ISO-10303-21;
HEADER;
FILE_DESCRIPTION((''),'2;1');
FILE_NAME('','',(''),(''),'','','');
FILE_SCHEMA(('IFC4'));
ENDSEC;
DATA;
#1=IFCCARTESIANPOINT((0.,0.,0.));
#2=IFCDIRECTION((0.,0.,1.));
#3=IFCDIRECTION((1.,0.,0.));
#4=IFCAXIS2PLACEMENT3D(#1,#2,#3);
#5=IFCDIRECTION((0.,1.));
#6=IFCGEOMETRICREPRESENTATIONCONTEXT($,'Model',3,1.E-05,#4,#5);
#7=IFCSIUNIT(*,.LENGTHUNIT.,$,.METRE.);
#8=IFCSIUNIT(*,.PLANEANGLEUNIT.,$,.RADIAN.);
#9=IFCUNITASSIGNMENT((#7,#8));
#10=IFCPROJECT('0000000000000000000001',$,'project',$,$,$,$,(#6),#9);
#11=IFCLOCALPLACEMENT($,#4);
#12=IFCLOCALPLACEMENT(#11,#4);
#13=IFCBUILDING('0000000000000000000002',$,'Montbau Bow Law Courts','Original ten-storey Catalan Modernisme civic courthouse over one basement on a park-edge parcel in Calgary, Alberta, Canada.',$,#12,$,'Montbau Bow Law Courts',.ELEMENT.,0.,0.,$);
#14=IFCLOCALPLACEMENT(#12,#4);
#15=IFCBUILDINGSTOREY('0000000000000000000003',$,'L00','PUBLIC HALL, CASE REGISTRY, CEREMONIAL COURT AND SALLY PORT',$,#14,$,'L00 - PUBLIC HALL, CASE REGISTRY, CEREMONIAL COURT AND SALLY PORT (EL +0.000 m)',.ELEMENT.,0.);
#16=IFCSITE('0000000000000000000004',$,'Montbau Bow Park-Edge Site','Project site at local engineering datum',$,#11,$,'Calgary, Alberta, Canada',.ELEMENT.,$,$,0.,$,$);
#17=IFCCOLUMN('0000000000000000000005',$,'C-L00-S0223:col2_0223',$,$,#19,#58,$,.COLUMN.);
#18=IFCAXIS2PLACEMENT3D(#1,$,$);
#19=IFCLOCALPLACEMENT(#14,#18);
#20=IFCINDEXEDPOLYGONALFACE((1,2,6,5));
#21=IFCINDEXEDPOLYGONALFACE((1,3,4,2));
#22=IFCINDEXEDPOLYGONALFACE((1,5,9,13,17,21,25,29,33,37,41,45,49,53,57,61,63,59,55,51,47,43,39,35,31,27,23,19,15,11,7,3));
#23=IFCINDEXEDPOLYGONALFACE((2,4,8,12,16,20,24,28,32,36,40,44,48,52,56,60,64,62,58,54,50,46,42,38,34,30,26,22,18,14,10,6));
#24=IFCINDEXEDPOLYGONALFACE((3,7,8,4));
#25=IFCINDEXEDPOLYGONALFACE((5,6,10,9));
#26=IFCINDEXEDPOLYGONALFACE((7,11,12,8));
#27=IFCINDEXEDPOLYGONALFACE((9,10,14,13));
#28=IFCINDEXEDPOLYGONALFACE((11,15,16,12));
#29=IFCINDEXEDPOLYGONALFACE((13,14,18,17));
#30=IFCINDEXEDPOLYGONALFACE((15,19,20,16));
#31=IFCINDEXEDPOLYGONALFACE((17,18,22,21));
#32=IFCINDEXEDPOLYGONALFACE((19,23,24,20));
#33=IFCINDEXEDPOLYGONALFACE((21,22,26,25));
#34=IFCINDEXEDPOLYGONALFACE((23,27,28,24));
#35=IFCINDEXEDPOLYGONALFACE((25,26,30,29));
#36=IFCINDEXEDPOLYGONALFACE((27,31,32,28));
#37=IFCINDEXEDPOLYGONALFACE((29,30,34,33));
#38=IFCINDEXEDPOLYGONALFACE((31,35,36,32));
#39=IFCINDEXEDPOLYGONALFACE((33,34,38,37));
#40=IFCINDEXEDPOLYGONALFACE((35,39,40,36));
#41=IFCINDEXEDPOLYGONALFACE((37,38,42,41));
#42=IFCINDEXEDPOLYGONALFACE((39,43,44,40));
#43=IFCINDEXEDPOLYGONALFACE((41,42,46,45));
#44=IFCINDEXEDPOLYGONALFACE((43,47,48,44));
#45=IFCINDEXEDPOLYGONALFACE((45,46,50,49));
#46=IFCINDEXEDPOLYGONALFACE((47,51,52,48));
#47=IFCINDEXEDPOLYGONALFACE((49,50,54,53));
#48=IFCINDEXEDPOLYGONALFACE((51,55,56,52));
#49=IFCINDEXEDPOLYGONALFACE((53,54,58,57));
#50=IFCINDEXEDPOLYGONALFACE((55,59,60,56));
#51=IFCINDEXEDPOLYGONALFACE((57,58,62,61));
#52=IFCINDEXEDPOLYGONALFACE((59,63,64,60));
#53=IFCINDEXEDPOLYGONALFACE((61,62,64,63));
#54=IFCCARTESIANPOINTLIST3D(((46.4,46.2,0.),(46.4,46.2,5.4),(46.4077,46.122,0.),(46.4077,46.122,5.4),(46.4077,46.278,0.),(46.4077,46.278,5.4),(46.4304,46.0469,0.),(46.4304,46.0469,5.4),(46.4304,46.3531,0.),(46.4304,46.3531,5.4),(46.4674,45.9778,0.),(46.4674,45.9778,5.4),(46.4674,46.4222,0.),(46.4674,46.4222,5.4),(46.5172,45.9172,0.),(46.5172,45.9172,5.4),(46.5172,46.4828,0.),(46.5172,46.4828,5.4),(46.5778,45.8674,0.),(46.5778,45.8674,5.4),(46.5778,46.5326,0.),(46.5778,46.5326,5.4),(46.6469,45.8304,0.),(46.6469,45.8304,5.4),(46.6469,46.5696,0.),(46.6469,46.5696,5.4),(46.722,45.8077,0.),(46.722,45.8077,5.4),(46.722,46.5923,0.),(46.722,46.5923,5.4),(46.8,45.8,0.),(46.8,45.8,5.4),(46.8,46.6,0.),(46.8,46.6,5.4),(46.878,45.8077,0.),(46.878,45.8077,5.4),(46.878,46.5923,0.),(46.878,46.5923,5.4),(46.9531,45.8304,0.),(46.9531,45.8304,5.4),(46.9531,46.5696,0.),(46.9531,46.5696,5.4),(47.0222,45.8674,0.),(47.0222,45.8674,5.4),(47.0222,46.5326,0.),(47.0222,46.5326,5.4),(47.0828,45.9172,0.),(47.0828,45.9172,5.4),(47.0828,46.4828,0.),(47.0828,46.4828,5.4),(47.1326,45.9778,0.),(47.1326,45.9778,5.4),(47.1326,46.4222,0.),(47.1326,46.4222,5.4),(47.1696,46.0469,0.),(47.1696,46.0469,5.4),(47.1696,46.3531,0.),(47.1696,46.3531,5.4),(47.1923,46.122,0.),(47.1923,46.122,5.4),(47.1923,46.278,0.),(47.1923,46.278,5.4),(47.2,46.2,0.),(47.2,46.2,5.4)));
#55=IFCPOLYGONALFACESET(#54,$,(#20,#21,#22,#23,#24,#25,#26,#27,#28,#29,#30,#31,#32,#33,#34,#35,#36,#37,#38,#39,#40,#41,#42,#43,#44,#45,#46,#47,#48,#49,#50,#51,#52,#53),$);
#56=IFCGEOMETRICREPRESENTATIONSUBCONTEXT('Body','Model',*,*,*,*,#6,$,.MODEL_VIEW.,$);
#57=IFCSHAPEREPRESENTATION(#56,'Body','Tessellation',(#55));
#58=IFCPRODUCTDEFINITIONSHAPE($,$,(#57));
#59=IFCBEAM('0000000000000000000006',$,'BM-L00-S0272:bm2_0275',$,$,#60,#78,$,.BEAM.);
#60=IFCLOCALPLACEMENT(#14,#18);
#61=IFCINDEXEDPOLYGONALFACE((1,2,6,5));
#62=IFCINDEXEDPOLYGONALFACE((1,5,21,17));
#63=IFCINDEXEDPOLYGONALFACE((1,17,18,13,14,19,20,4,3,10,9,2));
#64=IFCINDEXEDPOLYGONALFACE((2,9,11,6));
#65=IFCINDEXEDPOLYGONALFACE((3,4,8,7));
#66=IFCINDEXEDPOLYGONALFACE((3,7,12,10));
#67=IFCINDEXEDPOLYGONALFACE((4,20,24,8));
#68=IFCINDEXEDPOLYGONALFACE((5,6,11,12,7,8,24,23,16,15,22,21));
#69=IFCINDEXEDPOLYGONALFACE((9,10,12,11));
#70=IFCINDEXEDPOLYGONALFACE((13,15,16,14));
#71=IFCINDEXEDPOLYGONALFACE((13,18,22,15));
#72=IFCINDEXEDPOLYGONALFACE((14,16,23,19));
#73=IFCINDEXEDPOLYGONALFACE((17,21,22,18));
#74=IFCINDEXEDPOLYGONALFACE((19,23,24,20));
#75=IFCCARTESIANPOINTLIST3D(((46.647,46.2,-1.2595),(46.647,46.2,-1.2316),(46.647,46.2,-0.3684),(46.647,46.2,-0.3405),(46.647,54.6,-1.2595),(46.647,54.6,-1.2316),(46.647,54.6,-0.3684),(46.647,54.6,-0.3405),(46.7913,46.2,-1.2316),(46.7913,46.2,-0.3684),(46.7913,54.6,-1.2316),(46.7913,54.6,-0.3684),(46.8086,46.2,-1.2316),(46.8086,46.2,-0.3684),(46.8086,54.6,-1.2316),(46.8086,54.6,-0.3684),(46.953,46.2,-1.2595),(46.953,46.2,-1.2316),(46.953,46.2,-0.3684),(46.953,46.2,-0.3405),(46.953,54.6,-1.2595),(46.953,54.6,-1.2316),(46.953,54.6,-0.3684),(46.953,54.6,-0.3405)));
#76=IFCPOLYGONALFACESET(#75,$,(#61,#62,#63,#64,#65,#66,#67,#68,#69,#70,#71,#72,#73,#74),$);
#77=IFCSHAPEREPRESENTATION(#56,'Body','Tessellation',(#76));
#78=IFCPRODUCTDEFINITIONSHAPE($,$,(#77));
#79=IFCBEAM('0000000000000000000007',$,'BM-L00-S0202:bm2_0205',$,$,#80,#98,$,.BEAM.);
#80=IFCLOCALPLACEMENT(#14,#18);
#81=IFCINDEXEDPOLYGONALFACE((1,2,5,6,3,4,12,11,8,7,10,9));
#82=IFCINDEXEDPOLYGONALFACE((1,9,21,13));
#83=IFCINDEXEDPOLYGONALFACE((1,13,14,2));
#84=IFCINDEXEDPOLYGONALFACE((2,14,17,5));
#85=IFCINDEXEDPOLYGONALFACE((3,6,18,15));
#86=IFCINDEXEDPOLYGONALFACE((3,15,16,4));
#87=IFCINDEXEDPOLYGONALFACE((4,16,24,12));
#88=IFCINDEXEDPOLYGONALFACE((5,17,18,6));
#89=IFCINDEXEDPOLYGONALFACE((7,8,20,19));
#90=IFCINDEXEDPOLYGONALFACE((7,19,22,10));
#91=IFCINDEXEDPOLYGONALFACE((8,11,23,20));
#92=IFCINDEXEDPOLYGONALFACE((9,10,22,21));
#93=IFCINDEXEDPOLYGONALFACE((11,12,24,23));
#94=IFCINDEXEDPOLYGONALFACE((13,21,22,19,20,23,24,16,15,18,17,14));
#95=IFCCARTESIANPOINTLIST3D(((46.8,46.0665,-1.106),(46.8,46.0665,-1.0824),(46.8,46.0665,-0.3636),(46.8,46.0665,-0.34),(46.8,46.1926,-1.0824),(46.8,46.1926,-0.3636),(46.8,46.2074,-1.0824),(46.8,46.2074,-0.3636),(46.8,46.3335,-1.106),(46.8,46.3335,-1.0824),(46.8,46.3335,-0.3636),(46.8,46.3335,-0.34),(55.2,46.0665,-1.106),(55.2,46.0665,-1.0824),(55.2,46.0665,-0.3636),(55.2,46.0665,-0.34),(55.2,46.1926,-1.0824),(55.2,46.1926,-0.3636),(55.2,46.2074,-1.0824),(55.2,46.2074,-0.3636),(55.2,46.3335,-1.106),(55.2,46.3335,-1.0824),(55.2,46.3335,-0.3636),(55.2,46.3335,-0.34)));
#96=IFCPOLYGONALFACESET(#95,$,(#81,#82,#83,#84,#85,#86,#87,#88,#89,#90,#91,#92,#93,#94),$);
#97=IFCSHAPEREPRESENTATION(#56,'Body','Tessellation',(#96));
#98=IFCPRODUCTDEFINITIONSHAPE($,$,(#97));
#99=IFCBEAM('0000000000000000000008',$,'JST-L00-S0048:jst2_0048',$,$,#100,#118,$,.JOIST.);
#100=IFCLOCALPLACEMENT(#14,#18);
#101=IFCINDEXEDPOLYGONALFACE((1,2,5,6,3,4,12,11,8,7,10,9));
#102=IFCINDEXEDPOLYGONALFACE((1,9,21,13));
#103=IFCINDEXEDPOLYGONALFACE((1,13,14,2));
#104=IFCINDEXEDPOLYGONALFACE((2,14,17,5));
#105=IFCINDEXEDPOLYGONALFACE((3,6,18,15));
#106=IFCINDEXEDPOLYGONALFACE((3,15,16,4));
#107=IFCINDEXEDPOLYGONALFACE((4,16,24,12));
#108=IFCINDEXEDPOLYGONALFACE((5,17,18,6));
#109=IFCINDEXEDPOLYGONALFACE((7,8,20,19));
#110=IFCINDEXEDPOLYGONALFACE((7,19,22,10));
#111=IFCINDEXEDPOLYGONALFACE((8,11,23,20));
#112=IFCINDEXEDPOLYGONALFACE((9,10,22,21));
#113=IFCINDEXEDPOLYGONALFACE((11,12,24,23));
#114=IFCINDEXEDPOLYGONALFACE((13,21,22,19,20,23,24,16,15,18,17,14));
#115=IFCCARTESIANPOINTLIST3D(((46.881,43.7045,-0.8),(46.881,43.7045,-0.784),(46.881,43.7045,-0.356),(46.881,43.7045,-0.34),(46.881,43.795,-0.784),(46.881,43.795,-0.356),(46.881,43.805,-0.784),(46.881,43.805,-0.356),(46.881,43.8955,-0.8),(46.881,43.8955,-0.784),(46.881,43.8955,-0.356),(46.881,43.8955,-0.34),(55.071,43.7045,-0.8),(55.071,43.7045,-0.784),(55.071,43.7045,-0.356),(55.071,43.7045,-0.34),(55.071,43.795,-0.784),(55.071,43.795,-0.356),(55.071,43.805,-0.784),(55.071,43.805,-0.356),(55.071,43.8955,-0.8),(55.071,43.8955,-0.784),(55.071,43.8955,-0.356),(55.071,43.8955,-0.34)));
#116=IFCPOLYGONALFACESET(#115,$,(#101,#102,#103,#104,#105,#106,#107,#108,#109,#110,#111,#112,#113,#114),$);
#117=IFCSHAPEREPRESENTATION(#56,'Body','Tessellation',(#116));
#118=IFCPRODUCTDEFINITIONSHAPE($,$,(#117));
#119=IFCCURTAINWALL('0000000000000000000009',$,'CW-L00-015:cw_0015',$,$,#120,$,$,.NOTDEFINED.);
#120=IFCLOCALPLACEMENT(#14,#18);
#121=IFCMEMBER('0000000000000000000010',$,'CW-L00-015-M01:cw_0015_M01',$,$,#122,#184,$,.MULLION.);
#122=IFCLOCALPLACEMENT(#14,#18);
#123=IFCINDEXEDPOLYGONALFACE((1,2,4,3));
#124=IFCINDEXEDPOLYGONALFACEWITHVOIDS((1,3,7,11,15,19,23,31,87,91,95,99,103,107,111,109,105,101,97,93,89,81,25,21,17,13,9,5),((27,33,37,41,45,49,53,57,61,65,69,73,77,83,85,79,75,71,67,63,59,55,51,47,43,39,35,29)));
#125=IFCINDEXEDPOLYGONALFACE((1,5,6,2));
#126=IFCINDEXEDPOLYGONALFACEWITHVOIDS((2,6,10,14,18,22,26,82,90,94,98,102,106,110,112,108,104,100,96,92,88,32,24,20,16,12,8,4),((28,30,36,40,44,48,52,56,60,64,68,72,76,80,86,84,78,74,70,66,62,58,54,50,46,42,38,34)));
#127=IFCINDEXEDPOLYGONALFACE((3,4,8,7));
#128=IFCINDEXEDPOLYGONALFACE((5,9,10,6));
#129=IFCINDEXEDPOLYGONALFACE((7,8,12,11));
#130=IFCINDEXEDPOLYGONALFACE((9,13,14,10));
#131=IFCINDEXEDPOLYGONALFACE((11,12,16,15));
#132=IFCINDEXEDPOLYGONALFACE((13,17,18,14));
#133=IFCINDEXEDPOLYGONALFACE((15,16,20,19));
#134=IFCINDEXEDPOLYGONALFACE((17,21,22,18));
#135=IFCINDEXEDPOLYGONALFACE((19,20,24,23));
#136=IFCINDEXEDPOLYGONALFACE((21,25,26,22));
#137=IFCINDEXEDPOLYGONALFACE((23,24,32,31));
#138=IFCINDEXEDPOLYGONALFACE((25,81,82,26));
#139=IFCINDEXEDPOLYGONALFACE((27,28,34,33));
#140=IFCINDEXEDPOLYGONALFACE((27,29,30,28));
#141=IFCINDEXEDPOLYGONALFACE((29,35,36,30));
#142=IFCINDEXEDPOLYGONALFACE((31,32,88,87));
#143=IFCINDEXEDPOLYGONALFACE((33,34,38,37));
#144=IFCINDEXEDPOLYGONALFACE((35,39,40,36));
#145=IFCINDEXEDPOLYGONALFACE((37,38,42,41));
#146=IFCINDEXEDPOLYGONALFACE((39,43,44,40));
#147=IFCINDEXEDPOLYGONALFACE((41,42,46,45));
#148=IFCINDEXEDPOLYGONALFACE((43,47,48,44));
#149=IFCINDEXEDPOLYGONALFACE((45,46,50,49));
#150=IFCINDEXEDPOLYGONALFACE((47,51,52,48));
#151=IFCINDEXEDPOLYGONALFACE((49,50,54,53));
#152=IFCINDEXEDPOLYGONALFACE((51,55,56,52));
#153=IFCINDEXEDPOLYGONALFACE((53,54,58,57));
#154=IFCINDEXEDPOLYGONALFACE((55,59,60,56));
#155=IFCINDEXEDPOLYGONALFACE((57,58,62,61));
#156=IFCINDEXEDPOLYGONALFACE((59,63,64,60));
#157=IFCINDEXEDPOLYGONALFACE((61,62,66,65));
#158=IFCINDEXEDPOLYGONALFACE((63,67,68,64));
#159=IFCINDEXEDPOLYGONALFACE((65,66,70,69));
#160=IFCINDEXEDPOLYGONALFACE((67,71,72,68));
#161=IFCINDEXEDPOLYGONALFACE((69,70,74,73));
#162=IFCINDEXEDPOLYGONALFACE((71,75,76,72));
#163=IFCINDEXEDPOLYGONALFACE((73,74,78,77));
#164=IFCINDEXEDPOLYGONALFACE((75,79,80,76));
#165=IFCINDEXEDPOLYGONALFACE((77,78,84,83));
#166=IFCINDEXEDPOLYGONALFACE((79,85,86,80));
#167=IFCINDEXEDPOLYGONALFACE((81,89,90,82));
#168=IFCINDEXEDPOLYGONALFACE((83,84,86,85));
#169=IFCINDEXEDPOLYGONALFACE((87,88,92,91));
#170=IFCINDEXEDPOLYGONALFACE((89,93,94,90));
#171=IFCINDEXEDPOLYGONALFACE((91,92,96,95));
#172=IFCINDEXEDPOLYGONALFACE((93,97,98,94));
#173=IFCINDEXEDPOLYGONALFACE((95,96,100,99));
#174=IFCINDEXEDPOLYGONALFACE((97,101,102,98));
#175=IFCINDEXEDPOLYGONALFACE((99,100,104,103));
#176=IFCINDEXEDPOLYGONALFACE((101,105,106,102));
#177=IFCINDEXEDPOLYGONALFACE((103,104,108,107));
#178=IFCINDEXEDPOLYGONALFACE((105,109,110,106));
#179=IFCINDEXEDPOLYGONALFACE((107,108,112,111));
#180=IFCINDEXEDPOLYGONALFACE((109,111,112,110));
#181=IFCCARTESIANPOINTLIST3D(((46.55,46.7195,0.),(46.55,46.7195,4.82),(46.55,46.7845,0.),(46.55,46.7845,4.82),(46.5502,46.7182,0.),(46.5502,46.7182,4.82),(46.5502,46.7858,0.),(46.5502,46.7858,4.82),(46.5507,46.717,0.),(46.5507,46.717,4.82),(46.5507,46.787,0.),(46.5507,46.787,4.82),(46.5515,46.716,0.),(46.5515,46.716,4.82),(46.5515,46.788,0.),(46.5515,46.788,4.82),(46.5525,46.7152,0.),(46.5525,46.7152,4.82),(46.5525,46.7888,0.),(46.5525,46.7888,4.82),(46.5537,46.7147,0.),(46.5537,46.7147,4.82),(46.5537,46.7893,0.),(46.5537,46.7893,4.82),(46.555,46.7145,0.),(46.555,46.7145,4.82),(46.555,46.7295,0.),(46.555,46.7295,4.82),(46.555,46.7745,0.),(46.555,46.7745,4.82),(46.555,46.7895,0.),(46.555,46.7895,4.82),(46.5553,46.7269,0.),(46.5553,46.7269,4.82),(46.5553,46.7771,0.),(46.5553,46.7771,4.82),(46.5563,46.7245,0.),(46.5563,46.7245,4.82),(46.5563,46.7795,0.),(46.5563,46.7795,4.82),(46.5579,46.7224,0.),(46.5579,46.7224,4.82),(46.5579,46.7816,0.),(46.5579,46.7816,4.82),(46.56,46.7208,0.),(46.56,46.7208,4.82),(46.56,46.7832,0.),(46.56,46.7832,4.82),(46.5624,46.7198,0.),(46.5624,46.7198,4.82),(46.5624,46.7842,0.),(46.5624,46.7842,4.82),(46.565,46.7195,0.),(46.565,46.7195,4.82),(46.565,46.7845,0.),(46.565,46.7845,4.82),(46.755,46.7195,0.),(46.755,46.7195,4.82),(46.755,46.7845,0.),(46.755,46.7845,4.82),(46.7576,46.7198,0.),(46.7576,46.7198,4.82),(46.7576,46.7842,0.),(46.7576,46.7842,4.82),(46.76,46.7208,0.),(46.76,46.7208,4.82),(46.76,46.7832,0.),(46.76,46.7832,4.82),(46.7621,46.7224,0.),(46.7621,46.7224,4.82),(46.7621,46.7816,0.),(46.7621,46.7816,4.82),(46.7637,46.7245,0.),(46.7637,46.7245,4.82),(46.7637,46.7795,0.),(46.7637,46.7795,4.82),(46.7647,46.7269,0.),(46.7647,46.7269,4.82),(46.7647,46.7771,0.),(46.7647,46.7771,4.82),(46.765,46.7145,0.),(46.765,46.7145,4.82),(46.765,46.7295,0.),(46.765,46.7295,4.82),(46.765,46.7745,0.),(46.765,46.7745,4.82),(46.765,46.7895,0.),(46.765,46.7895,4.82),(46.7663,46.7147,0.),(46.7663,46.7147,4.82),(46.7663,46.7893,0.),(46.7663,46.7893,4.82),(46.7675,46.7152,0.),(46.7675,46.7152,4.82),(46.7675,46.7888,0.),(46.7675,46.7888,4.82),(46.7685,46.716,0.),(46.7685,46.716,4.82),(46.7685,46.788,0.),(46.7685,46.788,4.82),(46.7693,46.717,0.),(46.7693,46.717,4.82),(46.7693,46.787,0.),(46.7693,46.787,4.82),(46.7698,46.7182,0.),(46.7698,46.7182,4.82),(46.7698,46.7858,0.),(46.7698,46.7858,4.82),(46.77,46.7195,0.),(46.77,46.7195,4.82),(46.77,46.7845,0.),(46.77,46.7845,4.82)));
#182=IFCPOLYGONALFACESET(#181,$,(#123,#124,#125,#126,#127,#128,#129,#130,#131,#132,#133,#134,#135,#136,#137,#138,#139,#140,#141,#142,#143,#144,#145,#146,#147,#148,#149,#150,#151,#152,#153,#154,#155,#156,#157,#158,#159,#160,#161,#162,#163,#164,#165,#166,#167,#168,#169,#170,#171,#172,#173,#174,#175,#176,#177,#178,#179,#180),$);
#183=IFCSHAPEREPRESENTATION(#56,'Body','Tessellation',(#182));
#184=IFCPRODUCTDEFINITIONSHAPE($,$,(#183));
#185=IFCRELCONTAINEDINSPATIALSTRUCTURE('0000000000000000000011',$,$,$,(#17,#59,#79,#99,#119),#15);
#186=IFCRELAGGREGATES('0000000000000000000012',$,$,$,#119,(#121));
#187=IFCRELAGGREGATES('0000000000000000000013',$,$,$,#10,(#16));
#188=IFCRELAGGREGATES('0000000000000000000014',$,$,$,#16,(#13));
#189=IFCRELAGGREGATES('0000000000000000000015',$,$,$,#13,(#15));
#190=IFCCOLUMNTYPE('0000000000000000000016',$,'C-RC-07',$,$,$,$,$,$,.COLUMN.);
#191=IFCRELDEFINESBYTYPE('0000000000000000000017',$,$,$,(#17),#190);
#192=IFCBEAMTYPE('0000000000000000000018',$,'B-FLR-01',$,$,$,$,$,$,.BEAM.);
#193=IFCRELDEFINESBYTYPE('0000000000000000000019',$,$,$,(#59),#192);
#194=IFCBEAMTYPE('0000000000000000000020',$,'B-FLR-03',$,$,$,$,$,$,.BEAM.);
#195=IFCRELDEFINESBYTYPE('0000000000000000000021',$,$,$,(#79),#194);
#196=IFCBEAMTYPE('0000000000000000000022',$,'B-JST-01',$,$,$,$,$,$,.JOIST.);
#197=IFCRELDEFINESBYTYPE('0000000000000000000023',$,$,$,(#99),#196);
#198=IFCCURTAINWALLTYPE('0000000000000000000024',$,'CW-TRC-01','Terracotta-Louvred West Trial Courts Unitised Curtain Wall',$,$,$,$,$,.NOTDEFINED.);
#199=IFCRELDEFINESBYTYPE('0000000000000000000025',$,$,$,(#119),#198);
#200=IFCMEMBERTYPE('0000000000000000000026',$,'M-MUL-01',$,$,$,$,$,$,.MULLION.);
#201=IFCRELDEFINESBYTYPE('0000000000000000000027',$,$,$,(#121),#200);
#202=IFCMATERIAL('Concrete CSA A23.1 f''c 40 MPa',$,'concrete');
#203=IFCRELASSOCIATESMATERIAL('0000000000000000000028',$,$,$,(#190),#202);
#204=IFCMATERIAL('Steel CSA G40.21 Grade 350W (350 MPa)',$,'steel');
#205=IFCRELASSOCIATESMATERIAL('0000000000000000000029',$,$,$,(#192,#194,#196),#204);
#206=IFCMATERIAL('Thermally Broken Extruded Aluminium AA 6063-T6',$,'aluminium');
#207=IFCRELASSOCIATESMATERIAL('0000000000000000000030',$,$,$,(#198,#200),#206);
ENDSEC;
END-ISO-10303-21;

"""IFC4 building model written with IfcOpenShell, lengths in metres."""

from ifc_helpers import new_model, si_unit, direction, frame, origin_with_axes, origin_2d_with_axis, place, context, subcontext, project, spatial, hollow_rectangle, circle, i_section, extrude, material, material_profile, profile_set, type_object, element, aggregate, save


model = new_model("IFC4")

# Units and contexts
model_context = context("Model", 3, precision=1e-05, world=origin_with_axes(), true_north=direction((0.0, 1.0)))
body_context = subcontext(model_context, "Body", "Model", "MODEL_VIEW")
ifc_project = project(units=[si_unit("LENGTHUNIT", "METRE"), si_unit("PLANEANGLEUNIT", "RADIAN")], contexts=[model_context])

# Site, building, storey
site_placement = place(None, origin_with_axes())
site = spatial("IfcSite", under=ifc_project, at=site_placement, Name="Montbau Bow Park-Edge Site", Description="Project site at local engineering datum", LongName="Calgary, Alberta, Canada", CompositionType="ELEMENT", RefElevation=0.0)
building_placement = place(site_placement, origin_with_axes())
building = spatial("IfcBuilding", under=site, at=building_placement, Name="Montbau Bow Law Courts", Description="Original ten-storey Catalan Modernisme civic courthouse over one basement on a park-edge parcel in Calgary, Alberta, Canada.", LongName="Montbau Bow Law Courts", CompositionType="ELEMENT", ElevationOfRefHeight=0.0, ElevationOfTerrain=0.0)
storey_placement = place(building_placement, origin_with_axes())
storey = spatial("IfcBuildingStorey", under=building, at=storey_placement, Name="L00", Description="PUBLIC HALL, CASE REGISTRY, CEREMONIAL COURT AND SALLY PORT", LongName="L00 - PUBLIC HALL, CASE REGISTRY, CEREMONIAL COURT AND SALLY PORT (EL +0.000 m)", CompositionType="ELEMENT", Elevation=0.0)

# Column
ifc_material_1 = material(Name="Concrete CSA A23.1 f'c 40 MPa", Category="concrete")
ifc_material_profile_1 = material_profile(ifc_material_1, circle(Radius=0.4, at=origin_2d_with_axis()), Name="RC800D", Category="Main", Priority=0)
ifc_profile_set_1 = profile_set([ifc_material_profile_1], Name="Concrete CSA A23.1 f'c 40 MPa")
column_type = type_object("IfcColumnType", Name="C-RC-07", PredefinedType="COLUMN", material=ifc_profile_set_1)
column_placement = place(None, frame((46.8, 46.2, 0.0), z_axis=(0.0, 0.0, 1.0), x_axis=(1.0, 0.0, 0.0)))
element("IfcColumn", 1, at=column_placement, inside=storey, type_object=column_type, Name="C-L00-S0223:col2_0223", PredefinedType="COLUMN", context=body_context, shape_type="SweptSolid", body=[
    extrude(circle(Radius=0.4, at=origin_2d_with_axis()), origin_with_axes(), (0.0, 0.0, 1.0), 5.4),
])

# Beams
ifc_material_2 = material(Name="Steel CSA G40.21 Grade 350W (350 MPa)", Category="steel")
ifc_material_profile_2 = material_profile(ifc_material_2, i_section(OverallWidth=0.306, OverallDepth=0.919, WebThickness=0.0173, FlangeThickness=0.0279, at=origin_2d_with_axis()), Name="W920X253", Category="Main", Priority=0)
ifc_profile_set_2 = profile_set([ifc_material_profile_2], Name="Steel CSA G40.21 Grade 350W (350 MPa)")
beam_type_1 = type_object("IfcBeamType", Name="B-FLR-01", PredefinedType="BEAM", material=ifc_profile_set_2)
beam_1_placement = place(None, frame((46.8, 46.2, -0.8), z_axis=(0.0, 1.0, 0.0), x_axis=(-1.0, 0.0, 0.0)))
element("IfcBeam", 2, at=beam_1_placement, inside=storey, type_object=beam_type_1, Name="BM-L00-S0272:bm2_0275", PredefinedType="BEAM", context=body_context, shape_type="SweptSolid", body=[
    extrude(i_section(OverallWidth=0.306, OverallDepth=0.919, WebThickness=0.0173, FlangeThickness=0.0279, at=origin_2d_with_axis()), origin_with_axes(), (0.0, 0.0, 1.0), 8.4),
])
ifc_material_profile_3 = material_profile(ifc_material_2, i_section(OverallWidth=0.267, OverallDepth=0.766, WebThickness=0.0149, FlangeThickness=0.0236, at=origin_2d_with_axis()), Name="W760X185", Category="Main", Priority=0)
ifc_profile_set_3 = profile_set([ifc_material_profile_3], Name="Steel CSA G40.21 Grade 350W (350 MPa)")
beam_type_2 = type_object("IfcBeamType", Name="B-FLR-03", PredefinedType="BEAM", material=ifc_profile_set_3)
beam_2_placement = place(None, frame((46.8, 46.2, -0.723), z_axis=(1.0, 0.0, 0.0), x_axis=(0.0, 1.0, 0.0)))
element("IfcBeam", 3, at=beam_2_placement, inside=storey, type_object=beam_type_2, Name="BM-L00-S0202:bm2_0205", PredefinedType="BEAM", context=body_context, shape_type="SweptSolid", body=[
    extrude(i_section(OverallWidth=0.267, OverallDepth=0.766, WebThickness=0.0149, FlangeThickness=0.0236, at=origin_2d_with_axis()), origin_with_axes(), (0.0, 0.0, 1.0), 8.4),
])
ifc_material_profile_4 = material_profile(ifc_material_2, i_section(OverallWidth=0.191, OverallDepth=0.46, WebThickness=0.0099, FlangeThickness=0.016, at=origin_2d_with_axis()), Name="W460X82", Category="Main", Priority=0)
ifc_profile_set_4 = profile_set([ifc_material_profile_4], Name="Steel CSA G40.21 Grade 350W (350 MPa)")
beam_type_3 = type_object("IfcBeamType", Name="B-JST-01", PredefinedType="JOIST", material=ifc_profile_set_4)
beam_3_placement = place(None, frame((46.881, 43.8, -0.57), z_axis=(1.0, 0.0, 0.0), x_axis=(0.0, 1.0, 0.0)))
element("IfcBeam", 4, at=beam_3_placement, inside=storey, type_object=beam_type_3, Name="JST-L00-S0048:jst2_0048", PredefinedType="JOIST", context=body_context, shape_type="SweptSolid", body=[
    extrude(i_section(OverallWidth=0.191, OverallDepth=0.46, WebThickness=0.0099, FlangeThickness=0.016, at=origin_2d_with_axis()), origin_with_axes(), (0.0, 0.0, 1.0), 8.19),
])

# Curtain wall, member
ifc_material_3 = material(Name="Thermally Broken Extruded Aluminium AA 6063-T6", Category="aluminium")
curtain_wall_type_1 = type_object("IfcCurtainWallType", Name="CW-TRC-01", Description="Terracotta-Louvred West Trial Courts Unitised Curtain Wall", PredefinedType="NOTDEFINED", material=ifc_material_3)
curtain_wall_1_placement = place(None, frame((46.66, 46.715, 0.0), z_axis=(0.0, 0.0, 1.0), x_axis=(1.0, 0.0, 0.0)))
curtain_wall_1 = element("IfcCurtainWall", 5, at=curtain_wall_1_placement, inside=storey, type_object=curtain_wall_type_1, Name="CW-L00-015:cw_0015", PredefinedType="NOTDEFINED")
ifc_material_profile_5 = material_profile(ifc_material_3, hollow_rectangle(XDim=0.075, YDim=0.22, WallThickness=0.005, InnerFilletRadius=0.01, OuterFilletRadius=0.005, at=origin_2d_with_axis()), Name="CWM-220X75", Category="Main", Priority=0)
ifc_profile_set_5 = profile_set([ifc_material_profile_5], Name="Thermally Broken Extruded Aluminium AA 6063-T6")
member_type_1 = type_object("IfcMemberType", Name="M-MUL-01", PredefinedType="MULLION", material=ifc_profile_set_5)
member_1_placement = place(None, frame((46.66, 46.752, 0.0), z_axis=(0.0, 0.0, 1.0), x_axis=(0.0, 1.0, 0.0)))
member_1 = element("IfcMember", 6, at=member_1_placement, type_object=member_type_1, Name="CW-L00-015-M01:cw_0015_M01", PredefinedType="MULLION", context=body_context, shape_type="SweptSolid", body=[
    extrude(hollow_rectangle(XDim=0.075, YDim=0.22, WallThickness=0.005, InnerFilletRadius=0.01, OuterFilletRadius=0.005, at=origin_2d_with_axis()), origin_with_axes(), (0.0, 0.0, 1.0), 4.82),
])
aggregate(curtain_wall_1, [member_1])

save(model, "model.ifc")
